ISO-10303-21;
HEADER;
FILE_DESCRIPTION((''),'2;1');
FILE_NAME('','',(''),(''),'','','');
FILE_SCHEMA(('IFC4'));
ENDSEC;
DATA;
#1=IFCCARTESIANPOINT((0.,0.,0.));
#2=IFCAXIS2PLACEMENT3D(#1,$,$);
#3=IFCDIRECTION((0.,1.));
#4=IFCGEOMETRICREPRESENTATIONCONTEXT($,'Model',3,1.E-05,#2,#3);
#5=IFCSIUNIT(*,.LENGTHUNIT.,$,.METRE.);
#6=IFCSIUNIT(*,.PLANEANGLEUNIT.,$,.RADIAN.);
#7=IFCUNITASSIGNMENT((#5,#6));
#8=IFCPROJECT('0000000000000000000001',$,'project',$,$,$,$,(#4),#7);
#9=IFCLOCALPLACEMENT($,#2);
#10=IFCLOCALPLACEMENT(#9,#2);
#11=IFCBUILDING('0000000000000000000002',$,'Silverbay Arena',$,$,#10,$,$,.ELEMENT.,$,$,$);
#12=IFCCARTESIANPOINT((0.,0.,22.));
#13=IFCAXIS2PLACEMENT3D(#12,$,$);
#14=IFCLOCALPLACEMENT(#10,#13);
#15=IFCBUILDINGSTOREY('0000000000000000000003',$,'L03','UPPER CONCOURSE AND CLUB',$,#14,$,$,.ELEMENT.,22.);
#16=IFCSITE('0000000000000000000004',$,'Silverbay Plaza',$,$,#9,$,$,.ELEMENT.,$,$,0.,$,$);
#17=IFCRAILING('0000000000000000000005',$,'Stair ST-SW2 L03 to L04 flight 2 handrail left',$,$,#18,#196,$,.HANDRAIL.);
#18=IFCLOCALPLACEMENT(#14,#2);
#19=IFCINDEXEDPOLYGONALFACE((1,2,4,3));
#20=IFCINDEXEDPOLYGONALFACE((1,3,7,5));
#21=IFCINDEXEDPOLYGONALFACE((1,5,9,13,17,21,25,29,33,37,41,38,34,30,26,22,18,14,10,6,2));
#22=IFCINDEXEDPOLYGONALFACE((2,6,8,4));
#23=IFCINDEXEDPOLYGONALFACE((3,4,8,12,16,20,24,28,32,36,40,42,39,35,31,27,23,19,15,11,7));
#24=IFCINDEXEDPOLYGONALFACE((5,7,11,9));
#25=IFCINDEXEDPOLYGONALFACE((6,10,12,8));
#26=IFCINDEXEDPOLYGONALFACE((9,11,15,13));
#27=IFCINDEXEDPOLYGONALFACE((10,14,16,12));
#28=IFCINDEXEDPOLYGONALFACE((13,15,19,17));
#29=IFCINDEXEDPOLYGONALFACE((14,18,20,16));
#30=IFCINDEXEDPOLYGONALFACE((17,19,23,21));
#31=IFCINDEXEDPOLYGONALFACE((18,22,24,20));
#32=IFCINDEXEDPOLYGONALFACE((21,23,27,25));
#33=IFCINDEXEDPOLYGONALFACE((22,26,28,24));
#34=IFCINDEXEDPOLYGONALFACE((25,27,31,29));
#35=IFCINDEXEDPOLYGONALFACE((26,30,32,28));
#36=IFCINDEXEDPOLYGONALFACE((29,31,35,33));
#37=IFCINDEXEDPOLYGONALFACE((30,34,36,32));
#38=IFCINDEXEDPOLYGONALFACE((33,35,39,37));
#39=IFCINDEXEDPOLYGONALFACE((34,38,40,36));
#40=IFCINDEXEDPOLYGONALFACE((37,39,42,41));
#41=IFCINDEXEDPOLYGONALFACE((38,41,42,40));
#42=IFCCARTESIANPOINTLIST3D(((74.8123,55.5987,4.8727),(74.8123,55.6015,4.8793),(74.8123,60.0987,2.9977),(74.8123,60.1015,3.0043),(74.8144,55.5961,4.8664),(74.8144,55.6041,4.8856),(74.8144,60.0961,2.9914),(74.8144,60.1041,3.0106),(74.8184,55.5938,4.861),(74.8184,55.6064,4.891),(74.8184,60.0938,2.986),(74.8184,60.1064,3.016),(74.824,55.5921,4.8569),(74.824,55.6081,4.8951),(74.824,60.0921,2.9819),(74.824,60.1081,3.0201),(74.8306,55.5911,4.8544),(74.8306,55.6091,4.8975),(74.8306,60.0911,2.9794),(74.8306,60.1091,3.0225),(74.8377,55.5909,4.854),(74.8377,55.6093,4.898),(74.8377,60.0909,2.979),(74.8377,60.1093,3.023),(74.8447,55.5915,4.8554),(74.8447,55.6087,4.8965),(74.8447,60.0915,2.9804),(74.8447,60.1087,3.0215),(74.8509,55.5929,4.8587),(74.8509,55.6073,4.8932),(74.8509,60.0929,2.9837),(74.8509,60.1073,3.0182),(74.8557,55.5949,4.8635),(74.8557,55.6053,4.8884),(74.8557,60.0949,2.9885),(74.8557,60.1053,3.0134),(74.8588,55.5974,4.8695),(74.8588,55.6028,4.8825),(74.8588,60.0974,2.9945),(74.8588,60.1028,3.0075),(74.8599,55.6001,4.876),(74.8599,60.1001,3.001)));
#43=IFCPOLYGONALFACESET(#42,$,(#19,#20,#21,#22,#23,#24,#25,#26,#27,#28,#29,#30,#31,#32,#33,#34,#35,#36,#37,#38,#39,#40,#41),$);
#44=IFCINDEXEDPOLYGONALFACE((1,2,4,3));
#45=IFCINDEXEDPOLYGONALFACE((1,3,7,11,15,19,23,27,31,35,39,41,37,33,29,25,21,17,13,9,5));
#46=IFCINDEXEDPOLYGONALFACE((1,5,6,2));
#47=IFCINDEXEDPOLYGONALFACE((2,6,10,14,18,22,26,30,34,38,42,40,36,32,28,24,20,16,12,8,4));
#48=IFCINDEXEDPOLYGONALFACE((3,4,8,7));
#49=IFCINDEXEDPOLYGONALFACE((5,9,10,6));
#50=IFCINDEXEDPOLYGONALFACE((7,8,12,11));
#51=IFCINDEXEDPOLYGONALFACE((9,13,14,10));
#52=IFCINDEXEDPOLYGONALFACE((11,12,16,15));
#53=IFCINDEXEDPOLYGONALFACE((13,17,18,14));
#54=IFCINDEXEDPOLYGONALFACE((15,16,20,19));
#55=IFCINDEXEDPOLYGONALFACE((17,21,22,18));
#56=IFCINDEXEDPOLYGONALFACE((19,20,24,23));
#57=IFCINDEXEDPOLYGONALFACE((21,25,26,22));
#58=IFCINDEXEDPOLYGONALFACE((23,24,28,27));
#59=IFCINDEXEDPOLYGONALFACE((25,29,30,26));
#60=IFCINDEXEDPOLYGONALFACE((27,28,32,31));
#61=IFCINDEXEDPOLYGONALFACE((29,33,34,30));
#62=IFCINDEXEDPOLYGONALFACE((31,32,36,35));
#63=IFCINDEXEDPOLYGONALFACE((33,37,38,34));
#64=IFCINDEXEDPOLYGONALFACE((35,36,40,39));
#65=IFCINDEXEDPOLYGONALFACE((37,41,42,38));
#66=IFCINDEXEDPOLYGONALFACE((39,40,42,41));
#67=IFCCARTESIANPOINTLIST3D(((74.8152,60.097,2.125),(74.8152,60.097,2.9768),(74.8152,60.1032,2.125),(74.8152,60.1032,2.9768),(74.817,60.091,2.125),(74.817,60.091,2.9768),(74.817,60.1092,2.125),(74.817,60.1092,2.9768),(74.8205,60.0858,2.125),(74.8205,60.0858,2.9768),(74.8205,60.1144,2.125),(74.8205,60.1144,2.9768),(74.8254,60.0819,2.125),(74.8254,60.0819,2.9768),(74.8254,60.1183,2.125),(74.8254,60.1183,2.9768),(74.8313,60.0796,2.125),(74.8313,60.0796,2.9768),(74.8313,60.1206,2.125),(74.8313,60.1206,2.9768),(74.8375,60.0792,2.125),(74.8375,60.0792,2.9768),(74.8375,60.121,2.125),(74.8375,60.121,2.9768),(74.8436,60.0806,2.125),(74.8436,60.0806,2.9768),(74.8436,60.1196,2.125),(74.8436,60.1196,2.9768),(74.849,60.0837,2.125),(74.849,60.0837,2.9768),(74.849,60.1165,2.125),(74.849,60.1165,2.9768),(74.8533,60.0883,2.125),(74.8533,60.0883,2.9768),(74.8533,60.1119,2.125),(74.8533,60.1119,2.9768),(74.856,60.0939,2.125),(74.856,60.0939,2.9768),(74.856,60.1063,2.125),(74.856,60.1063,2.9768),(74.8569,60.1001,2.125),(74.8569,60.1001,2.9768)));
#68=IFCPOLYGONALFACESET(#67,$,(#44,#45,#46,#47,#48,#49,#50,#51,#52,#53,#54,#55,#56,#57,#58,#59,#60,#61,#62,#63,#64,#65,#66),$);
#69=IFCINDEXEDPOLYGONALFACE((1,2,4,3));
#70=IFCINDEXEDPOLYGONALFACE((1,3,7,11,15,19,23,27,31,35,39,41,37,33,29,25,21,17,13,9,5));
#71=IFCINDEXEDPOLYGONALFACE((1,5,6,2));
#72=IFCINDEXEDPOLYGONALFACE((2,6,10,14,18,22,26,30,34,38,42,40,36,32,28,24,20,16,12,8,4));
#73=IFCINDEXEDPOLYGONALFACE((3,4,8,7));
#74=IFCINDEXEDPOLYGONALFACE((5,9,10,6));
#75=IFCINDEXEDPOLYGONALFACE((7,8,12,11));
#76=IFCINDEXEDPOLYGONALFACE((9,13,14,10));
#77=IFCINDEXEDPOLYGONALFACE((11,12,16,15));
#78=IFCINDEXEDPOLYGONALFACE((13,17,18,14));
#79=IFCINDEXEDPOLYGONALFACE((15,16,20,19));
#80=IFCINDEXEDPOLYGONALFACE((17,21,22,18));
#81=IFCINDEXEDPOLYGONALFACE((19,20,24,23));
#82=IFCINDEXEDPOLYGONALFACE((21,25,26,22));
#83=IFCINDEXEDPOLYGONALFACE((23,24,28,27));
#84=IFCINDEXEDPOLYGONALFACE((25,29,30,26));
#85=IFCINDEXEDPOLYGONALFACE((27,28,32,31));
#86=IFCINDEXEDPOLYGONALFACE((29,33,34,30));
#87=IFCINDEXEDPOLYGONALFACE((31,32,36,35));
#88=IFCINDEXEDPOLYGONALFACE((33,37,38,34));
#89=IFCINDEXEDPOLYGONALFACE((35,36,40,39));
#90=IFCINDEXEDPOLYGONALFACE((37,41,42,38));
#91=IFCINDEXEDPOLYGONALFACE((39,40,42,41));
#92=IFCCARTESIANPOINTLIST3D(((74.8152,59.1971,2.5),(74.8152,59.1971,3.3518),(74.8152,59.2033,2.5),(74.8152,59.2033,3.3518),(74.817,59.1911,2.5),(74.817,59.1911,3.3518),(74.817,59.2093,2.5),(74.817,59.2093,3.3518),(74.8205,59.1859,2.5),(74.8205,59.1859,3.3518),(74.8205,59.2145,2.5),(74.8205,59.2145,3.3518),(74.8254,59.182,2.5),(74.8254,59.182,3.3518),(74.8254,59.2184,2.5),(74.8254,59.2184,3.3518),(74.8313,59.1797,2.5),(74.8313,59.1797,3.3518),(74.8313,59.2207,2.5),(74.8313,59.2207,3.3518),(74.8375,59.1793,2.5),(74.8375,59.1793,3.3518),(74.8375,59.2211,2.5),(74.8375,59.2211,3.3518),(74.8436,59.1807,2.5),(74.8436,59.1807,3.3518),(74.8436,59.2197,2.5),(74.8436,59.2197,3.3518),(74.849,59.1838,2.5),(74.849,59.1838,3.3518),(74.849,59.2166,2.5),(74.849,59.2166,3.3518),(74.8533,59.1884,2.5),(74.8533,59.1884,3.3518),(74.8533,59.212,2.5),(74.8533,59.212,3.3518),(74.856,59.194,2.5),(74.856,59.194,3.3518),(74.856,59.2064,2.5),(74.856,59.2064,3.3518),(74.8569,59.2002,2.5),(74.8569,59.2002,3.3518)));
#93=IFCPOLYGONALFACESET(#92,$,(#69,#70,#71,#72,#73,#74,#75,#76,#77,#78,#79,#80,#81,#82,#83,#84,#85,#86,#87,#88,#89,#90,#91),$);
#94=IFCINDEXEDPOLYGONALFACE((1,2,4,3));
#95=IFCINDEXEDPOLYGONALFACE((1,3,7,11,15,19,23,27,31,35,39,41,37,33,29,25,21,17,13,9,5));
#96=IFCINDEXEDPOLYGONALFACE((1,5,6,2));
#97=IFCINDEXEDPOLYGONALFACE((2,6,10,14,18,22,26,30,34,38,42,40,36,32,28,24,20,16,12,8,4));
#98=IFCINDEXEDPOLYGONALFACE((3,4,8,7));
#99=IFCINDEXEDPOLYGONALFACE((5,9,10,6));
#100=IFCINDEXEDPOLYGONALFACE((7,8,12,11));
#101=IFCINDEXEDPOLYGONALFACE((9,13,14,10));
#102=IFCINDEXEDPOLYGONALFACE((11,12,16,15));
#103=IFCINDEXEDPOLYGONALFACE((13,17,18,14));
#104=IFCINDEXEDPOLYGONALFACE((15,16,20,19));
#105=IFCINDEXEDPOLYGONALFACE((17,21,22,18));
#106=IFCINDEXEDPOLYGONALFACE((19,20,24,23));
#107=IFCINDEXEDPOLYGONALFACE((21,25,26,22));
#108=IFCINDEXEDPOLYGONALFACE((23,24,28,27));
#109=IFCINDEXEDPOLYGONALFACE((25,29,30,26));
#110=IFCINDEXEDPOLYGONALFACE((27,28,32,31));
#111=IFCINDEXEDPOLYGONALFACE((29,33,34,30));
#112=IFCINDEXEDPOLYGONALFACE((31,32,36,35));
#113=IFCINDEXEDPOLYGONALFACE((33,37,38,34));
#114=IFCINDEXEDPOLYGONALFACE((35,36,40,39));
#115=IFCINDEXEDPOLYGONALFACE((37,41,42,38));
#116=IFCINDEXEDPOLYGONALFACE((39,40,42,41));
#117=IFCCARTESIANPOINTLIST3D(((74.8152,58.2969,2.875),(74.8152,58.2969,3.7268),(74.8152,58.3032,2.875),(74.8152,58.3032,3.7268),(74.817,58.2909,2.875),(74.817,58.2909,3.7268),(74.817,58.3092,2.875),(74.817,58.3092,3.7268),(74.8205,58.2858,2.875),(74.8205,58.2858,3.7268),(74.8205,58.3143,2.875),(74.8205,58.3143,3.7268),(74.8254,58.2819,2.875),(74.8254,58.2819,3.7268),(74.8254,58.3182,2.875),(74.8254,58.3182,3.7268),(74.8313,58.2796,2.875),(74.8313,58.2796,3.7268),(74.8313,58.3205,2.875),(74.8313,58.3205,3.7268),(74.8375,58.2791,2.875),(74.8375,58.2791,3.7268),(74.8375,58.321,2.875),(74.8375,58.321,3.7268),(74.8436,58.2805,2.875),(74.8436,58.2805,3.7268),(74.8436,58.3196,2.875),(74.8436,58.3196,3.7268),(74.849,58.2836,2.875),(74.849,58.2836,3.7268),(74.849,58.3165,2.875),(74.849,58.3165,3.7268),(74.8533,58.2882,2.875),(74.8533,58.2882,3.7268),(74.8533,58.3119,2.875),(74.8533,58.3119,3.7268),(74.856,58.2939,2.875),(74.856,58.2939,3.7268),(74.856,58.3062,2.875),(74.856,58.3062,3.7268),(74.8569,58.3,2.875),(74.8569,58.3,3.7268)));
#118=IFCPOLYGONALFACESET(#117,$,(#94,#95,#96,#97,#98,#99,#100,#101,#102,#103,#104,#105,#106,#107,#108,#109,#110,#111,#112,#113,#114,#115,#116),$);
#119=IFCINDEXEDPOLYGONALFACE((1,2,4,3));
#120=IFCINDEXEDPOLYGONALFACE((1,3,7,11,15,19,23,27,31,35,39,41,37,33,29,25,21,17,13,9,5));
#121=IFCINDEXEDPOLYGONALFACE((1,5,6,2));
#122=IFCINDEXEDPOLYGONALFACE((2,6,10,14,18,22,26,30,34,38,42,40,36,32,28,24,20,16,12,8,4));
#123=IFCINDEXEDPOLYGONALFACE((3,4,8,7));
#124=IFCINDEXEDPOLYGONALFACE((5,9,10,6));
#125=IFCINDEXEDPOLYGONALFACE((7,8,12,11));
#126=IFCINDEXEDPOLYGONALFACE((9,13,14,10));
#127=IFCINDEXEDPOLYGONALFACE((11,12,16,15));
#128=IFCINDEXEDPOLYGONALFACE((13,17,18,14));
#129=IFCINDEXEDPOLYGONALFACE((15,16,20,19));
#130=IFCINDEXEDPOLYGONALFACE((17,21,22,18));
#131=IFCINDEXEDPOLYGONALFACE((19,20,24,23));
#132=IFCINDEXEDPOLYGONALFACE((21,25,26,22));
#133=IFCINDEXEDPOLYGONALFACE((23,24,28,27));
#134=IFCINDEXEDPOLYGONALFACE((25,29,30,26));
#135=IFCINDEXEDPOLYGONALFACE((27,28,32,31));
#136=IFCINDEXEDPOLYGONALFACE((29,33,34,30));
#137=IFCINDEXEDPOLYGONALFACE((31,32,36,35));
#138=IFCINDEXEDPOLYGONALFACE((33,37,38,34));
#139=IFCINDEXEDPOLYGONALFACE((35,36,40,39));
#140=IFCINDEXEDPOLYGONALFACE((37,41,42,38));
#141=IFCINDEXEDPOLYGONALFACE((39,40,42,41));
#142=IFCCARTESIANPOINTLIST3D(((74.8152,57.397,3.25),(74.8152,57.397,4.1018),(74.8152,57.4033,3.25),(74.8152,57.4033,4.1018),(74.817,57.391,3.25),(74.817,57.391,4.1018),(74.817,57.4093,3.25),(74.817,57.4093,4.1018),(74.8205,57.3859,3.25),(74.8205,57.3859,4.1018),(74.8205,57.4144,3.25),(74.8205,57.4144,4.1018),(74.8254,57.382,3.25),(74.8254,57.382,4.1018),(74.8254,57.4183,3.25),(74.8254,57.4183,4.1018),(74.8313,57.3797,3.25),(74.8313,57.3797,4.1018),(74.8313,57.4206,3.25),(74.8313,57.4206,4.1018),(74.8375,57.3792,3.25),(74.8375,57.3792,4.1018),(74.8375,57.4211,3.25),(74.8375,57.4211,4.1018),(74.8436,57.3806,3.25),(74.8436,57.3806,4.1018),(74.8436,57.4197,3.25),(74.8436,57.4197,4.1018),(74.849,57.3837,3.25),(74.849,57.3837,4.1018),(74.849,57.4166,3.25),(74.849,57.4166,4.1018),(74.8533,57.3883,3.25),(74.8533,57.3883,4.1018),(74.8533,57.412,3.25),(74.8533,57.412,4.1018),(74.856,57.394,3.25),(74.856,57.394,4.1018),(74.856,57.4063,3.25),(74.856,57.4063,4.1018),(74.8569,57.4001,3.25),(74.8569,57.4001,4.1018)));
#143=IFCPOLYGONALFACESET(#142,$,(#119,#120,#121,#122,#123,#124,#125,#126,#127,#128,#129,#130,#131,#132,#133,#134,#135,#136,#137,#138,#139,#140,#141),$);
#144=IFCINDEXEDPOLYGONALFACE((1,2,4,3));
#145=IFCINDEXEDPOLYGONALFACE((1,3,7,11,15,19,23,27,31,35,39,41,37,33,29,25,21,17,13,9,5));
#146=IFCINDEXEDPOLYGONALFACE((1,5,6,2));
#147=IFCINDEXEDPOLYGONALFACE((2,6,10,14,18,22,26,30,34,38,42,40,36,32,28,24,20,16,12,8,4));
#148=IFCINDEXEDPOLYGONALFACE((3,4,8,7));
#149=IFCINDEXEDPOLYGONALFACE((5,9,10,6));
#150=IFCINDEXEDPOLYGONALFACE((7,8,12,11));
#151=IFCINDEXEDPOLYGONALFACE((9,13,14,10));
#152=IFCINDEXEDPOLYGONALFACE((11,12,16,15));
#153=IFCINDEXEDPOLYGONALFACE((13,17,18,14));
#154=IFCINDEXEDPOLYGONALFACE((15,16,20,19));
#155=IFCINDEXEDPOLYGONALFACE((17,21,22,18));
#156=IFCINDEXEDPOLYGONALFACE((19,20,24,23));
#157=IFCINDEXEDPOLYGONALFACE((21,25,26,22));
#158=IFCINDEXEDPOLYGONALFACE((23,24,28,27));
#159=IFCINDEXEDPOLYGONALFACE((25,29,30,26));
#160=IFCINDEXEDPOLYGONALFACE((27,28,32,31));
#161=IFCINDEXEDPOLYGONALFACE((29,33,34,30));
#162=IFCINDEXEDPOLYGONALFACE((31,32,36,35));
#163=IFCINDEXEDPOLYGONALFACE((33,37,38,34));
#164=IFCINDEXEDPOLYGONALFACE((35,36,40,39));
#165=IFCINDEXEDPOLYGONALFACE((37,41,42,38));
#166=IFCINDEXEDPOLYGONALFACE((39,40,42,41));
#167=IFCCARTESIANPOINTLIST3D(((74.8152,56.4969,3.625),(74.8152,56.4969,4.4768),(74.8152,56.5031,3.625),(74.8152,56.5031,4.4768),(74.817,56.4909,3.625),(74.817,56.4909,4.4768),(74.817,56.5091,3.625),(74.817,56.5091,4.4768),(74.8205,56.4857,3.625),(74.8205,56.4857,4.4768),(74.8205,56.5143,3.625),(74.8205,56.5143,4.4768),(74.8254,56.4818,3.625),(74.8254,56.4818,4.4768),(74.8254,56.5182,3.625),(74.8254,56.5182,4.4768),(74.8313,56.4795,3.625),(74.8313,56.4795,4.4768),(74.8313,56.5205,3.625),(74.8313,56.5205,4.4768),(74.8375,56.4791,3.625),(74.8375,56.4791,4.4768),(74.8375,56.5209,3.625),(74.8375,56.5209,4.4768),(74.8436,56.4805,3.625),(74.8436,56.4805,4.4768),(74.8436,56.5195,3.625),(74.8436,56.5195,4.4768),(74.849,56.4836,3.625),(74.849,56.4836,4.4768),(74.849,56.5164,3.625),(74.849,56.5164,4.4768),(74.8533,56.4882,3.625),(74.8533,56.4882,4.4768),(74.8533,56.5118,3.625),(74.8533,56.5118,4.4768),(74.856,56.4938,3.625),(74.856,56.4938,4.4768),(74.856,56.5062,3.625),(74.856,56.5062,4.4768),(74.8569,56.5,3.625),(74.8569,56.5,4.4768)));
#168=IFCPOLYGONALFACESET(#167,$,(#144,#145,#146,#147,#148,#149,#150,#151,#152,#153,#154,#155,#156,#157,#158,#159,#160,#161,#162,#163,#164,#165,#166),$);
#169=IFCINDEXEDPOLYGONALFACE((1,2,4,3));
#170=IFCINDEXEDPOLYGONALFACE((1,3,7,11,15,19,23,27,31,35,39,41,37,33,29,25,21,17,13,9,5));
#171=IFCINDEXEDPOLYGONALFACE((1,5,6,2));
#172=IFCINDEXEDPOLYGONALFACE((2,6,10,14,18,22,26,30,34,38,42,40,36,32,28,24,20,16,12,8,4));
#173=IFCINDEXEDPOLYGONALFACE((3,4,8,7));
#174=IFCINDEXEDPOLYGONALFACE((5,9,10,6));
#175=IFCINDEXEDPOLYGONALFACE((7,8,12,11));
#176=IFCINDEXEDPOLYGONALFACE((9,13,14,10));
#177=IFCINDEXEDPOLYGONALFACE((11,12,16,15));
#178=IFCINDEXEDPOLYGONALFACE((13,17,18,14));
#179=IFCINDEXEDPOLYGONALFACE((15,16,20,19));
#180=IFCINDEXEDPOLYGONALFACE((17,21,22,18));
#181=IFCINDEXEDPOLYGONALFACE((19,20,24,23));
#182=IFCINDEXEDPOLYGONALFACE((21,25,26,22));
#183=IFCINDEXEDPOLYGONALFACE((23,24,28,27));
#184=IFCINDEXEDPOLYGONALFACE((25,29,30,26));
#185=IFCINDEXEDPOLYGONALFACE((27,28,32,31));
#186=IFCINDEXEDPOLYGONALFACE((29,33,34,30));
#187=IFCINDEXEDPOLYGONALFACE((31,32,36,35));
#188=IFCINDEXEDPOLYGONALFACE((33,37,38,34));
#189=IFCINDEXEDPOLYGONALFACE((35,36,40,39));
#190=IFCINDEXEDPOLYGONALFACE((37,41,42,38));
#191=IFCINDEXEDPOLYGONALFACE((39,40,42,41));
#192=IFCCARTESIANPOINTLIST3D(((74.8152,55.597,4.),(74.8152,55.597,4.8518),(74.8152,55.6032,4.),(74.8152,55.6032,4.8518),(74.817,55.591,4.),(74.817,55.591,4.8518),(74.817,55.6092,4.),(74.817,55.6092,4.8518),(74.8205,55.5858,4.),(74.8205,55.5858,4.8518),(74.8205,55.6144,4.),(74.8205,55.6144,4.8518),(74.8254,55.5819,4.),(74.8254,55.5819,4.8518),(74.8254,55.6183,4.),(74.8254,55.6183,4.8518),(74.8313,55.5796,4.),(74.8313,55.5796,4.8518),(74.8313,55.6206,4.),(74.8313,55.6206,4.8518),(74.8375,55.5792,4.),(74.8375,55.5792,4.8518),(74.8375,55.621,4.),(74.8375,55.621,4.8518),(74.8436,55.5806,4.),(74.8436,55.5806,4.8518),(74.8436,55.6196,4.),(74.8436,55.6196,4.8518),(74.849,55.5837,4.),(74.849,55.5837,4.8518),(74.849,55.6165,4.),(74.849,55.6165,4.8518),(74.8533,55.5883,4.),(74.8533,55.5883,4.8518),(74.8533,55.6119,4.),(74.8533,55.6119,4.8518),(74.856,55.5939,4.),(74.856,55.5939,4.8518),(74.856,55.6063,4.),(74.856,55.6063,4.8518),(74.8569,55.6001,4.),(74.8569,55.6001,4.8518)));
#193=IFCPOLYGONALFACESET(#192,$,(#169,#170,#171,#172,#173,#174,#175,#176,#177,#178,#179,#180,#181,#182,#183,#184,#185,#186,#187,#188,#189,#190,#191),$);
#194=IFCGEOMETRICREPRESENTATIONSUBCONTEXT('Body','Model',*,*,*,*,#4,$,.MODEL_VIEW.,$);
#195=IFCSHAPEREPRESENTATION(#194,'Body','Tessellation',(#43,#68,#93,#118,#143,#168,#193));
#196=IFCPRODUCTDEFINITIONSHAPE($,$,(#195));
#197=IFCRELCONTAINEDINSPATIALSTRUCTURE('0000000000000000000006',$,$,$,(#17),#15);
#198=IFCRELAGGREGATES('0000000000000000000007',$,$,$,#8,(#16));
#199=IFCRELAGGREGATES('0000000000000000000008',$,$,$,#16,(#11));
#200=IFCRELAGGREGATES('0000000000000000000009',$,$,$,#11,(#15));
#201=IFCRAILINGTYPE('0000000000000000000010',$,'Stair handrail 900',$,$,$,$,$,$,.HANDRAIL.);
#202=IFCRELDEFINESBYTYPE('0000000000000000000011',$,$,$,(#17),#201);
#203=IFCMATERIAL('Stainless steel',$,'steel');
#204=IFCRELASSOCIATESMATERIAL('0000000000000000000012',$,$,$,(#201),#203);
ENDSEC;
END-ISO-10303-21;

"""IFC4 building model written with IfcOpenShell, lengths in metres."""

from ifc_helpers import new_model, si_unit, direction, frame, origin, origin_2d, place, context, subcontext, project, spatial, circle, extrude, material, type_object, element, save


model = new_model("IFC4")

# Units and contexts
model_context = context("Model", 3, precision=1e-05, world=origin(), true_north=direction((0.0, 1.0)))
body_context = subcontext(model_context, "Body", "Model", "MODEL_VIEW")
ifc_project = project(units=[si_unit("LENGTHUNIT", "METRE"), si_unit("PLANEANGLEUNIT", "RADIAN")], contexts=[model_context])

# Site, building, storey
site_placement = place(None, origin())
site = spatial("IfcSite", under=ifc_project, at=site_placement, Name="Silverbay Plaza", CompositionType="ELEMENT", RefElevation=0.0)
building_placement = place(site_placement, origin())
building = spatial("IfcBuilding", under=site, at=building_placement, Name="Silverbay Arena", CompositionType="ELEMENT")
storey_placement = place(building_placement, frame((0.0, 0.0, 22.0)))
storey = spatial("IfcBuildingStorey", under=building, at=storey_placement, Name="L03", Description="UPPER CONCOURSE AND CLUB", CompositionType="ELEMENT", Elevation=22.0)

# Railing
ifc_material_1 = material(Name="Stainless steel", Category="steel")
railing_type_1 = type_object("IfcRailingType", Name="Stair handrail 900", PredefinedType="HANDRAIL", material=ifc_material_1)
railing_1_placement = place(storey_placement, frame((74.8359, 60.1001, 2.125)))
element("IfcRailing", 1, at=railing_1_placement, inside=storey, type_object=railing_type_1, Name="Stair ST-SW2 L03 to L04 flight 2 handrail left", PredefinedType="HANDRAIL", context=body_context, shape_type="SweptSolid", body=[
    extrude(circle(Radius=0.0239, at=origin_2d()), frame((0.0, 0.0, 0.876), z_axis=(0.0, -0.923077, 0.384615), x_axis=(1.0, 0.0, 0.0)), (0.0, 0.0, 1.0), 4.875),
    extrude(circle(Radius=0.021, at=origin_2d()), origin(), (0.0, 0.0, 1.0), 0.8518),
    extrude(circle(Radius=0.021, at=origin_2d()), frame((0.0, -0.8999, 0.375)), (0.0, 0.0, 1.0), 0.8518),
    extrude(circle(Radius=0.021, at=origin_2d()), frame((0.0, -1.8, 0.75)), (0.0, 0.0, 1.0), 0.8518),
    extrude(circle(Radius=0.021, at=origin_2d()), frame((0.0, -2.7, 1.125)), (0.0, 0.0, 1.0), 0.8518),
    extrude(circle(Radius=0.021, at=origin_2d()), frame((0.0, -3.6001, 1.5)), (0.0, 0.0, 1.0), 0.8518),
    extrude(circle(Radius=0.021, at=origin_2d()), frame((0.0, -4.5, 1.875)), (0.0, 0.0, 1.0), 0.8518),
])

save(model, "model.ifc")
